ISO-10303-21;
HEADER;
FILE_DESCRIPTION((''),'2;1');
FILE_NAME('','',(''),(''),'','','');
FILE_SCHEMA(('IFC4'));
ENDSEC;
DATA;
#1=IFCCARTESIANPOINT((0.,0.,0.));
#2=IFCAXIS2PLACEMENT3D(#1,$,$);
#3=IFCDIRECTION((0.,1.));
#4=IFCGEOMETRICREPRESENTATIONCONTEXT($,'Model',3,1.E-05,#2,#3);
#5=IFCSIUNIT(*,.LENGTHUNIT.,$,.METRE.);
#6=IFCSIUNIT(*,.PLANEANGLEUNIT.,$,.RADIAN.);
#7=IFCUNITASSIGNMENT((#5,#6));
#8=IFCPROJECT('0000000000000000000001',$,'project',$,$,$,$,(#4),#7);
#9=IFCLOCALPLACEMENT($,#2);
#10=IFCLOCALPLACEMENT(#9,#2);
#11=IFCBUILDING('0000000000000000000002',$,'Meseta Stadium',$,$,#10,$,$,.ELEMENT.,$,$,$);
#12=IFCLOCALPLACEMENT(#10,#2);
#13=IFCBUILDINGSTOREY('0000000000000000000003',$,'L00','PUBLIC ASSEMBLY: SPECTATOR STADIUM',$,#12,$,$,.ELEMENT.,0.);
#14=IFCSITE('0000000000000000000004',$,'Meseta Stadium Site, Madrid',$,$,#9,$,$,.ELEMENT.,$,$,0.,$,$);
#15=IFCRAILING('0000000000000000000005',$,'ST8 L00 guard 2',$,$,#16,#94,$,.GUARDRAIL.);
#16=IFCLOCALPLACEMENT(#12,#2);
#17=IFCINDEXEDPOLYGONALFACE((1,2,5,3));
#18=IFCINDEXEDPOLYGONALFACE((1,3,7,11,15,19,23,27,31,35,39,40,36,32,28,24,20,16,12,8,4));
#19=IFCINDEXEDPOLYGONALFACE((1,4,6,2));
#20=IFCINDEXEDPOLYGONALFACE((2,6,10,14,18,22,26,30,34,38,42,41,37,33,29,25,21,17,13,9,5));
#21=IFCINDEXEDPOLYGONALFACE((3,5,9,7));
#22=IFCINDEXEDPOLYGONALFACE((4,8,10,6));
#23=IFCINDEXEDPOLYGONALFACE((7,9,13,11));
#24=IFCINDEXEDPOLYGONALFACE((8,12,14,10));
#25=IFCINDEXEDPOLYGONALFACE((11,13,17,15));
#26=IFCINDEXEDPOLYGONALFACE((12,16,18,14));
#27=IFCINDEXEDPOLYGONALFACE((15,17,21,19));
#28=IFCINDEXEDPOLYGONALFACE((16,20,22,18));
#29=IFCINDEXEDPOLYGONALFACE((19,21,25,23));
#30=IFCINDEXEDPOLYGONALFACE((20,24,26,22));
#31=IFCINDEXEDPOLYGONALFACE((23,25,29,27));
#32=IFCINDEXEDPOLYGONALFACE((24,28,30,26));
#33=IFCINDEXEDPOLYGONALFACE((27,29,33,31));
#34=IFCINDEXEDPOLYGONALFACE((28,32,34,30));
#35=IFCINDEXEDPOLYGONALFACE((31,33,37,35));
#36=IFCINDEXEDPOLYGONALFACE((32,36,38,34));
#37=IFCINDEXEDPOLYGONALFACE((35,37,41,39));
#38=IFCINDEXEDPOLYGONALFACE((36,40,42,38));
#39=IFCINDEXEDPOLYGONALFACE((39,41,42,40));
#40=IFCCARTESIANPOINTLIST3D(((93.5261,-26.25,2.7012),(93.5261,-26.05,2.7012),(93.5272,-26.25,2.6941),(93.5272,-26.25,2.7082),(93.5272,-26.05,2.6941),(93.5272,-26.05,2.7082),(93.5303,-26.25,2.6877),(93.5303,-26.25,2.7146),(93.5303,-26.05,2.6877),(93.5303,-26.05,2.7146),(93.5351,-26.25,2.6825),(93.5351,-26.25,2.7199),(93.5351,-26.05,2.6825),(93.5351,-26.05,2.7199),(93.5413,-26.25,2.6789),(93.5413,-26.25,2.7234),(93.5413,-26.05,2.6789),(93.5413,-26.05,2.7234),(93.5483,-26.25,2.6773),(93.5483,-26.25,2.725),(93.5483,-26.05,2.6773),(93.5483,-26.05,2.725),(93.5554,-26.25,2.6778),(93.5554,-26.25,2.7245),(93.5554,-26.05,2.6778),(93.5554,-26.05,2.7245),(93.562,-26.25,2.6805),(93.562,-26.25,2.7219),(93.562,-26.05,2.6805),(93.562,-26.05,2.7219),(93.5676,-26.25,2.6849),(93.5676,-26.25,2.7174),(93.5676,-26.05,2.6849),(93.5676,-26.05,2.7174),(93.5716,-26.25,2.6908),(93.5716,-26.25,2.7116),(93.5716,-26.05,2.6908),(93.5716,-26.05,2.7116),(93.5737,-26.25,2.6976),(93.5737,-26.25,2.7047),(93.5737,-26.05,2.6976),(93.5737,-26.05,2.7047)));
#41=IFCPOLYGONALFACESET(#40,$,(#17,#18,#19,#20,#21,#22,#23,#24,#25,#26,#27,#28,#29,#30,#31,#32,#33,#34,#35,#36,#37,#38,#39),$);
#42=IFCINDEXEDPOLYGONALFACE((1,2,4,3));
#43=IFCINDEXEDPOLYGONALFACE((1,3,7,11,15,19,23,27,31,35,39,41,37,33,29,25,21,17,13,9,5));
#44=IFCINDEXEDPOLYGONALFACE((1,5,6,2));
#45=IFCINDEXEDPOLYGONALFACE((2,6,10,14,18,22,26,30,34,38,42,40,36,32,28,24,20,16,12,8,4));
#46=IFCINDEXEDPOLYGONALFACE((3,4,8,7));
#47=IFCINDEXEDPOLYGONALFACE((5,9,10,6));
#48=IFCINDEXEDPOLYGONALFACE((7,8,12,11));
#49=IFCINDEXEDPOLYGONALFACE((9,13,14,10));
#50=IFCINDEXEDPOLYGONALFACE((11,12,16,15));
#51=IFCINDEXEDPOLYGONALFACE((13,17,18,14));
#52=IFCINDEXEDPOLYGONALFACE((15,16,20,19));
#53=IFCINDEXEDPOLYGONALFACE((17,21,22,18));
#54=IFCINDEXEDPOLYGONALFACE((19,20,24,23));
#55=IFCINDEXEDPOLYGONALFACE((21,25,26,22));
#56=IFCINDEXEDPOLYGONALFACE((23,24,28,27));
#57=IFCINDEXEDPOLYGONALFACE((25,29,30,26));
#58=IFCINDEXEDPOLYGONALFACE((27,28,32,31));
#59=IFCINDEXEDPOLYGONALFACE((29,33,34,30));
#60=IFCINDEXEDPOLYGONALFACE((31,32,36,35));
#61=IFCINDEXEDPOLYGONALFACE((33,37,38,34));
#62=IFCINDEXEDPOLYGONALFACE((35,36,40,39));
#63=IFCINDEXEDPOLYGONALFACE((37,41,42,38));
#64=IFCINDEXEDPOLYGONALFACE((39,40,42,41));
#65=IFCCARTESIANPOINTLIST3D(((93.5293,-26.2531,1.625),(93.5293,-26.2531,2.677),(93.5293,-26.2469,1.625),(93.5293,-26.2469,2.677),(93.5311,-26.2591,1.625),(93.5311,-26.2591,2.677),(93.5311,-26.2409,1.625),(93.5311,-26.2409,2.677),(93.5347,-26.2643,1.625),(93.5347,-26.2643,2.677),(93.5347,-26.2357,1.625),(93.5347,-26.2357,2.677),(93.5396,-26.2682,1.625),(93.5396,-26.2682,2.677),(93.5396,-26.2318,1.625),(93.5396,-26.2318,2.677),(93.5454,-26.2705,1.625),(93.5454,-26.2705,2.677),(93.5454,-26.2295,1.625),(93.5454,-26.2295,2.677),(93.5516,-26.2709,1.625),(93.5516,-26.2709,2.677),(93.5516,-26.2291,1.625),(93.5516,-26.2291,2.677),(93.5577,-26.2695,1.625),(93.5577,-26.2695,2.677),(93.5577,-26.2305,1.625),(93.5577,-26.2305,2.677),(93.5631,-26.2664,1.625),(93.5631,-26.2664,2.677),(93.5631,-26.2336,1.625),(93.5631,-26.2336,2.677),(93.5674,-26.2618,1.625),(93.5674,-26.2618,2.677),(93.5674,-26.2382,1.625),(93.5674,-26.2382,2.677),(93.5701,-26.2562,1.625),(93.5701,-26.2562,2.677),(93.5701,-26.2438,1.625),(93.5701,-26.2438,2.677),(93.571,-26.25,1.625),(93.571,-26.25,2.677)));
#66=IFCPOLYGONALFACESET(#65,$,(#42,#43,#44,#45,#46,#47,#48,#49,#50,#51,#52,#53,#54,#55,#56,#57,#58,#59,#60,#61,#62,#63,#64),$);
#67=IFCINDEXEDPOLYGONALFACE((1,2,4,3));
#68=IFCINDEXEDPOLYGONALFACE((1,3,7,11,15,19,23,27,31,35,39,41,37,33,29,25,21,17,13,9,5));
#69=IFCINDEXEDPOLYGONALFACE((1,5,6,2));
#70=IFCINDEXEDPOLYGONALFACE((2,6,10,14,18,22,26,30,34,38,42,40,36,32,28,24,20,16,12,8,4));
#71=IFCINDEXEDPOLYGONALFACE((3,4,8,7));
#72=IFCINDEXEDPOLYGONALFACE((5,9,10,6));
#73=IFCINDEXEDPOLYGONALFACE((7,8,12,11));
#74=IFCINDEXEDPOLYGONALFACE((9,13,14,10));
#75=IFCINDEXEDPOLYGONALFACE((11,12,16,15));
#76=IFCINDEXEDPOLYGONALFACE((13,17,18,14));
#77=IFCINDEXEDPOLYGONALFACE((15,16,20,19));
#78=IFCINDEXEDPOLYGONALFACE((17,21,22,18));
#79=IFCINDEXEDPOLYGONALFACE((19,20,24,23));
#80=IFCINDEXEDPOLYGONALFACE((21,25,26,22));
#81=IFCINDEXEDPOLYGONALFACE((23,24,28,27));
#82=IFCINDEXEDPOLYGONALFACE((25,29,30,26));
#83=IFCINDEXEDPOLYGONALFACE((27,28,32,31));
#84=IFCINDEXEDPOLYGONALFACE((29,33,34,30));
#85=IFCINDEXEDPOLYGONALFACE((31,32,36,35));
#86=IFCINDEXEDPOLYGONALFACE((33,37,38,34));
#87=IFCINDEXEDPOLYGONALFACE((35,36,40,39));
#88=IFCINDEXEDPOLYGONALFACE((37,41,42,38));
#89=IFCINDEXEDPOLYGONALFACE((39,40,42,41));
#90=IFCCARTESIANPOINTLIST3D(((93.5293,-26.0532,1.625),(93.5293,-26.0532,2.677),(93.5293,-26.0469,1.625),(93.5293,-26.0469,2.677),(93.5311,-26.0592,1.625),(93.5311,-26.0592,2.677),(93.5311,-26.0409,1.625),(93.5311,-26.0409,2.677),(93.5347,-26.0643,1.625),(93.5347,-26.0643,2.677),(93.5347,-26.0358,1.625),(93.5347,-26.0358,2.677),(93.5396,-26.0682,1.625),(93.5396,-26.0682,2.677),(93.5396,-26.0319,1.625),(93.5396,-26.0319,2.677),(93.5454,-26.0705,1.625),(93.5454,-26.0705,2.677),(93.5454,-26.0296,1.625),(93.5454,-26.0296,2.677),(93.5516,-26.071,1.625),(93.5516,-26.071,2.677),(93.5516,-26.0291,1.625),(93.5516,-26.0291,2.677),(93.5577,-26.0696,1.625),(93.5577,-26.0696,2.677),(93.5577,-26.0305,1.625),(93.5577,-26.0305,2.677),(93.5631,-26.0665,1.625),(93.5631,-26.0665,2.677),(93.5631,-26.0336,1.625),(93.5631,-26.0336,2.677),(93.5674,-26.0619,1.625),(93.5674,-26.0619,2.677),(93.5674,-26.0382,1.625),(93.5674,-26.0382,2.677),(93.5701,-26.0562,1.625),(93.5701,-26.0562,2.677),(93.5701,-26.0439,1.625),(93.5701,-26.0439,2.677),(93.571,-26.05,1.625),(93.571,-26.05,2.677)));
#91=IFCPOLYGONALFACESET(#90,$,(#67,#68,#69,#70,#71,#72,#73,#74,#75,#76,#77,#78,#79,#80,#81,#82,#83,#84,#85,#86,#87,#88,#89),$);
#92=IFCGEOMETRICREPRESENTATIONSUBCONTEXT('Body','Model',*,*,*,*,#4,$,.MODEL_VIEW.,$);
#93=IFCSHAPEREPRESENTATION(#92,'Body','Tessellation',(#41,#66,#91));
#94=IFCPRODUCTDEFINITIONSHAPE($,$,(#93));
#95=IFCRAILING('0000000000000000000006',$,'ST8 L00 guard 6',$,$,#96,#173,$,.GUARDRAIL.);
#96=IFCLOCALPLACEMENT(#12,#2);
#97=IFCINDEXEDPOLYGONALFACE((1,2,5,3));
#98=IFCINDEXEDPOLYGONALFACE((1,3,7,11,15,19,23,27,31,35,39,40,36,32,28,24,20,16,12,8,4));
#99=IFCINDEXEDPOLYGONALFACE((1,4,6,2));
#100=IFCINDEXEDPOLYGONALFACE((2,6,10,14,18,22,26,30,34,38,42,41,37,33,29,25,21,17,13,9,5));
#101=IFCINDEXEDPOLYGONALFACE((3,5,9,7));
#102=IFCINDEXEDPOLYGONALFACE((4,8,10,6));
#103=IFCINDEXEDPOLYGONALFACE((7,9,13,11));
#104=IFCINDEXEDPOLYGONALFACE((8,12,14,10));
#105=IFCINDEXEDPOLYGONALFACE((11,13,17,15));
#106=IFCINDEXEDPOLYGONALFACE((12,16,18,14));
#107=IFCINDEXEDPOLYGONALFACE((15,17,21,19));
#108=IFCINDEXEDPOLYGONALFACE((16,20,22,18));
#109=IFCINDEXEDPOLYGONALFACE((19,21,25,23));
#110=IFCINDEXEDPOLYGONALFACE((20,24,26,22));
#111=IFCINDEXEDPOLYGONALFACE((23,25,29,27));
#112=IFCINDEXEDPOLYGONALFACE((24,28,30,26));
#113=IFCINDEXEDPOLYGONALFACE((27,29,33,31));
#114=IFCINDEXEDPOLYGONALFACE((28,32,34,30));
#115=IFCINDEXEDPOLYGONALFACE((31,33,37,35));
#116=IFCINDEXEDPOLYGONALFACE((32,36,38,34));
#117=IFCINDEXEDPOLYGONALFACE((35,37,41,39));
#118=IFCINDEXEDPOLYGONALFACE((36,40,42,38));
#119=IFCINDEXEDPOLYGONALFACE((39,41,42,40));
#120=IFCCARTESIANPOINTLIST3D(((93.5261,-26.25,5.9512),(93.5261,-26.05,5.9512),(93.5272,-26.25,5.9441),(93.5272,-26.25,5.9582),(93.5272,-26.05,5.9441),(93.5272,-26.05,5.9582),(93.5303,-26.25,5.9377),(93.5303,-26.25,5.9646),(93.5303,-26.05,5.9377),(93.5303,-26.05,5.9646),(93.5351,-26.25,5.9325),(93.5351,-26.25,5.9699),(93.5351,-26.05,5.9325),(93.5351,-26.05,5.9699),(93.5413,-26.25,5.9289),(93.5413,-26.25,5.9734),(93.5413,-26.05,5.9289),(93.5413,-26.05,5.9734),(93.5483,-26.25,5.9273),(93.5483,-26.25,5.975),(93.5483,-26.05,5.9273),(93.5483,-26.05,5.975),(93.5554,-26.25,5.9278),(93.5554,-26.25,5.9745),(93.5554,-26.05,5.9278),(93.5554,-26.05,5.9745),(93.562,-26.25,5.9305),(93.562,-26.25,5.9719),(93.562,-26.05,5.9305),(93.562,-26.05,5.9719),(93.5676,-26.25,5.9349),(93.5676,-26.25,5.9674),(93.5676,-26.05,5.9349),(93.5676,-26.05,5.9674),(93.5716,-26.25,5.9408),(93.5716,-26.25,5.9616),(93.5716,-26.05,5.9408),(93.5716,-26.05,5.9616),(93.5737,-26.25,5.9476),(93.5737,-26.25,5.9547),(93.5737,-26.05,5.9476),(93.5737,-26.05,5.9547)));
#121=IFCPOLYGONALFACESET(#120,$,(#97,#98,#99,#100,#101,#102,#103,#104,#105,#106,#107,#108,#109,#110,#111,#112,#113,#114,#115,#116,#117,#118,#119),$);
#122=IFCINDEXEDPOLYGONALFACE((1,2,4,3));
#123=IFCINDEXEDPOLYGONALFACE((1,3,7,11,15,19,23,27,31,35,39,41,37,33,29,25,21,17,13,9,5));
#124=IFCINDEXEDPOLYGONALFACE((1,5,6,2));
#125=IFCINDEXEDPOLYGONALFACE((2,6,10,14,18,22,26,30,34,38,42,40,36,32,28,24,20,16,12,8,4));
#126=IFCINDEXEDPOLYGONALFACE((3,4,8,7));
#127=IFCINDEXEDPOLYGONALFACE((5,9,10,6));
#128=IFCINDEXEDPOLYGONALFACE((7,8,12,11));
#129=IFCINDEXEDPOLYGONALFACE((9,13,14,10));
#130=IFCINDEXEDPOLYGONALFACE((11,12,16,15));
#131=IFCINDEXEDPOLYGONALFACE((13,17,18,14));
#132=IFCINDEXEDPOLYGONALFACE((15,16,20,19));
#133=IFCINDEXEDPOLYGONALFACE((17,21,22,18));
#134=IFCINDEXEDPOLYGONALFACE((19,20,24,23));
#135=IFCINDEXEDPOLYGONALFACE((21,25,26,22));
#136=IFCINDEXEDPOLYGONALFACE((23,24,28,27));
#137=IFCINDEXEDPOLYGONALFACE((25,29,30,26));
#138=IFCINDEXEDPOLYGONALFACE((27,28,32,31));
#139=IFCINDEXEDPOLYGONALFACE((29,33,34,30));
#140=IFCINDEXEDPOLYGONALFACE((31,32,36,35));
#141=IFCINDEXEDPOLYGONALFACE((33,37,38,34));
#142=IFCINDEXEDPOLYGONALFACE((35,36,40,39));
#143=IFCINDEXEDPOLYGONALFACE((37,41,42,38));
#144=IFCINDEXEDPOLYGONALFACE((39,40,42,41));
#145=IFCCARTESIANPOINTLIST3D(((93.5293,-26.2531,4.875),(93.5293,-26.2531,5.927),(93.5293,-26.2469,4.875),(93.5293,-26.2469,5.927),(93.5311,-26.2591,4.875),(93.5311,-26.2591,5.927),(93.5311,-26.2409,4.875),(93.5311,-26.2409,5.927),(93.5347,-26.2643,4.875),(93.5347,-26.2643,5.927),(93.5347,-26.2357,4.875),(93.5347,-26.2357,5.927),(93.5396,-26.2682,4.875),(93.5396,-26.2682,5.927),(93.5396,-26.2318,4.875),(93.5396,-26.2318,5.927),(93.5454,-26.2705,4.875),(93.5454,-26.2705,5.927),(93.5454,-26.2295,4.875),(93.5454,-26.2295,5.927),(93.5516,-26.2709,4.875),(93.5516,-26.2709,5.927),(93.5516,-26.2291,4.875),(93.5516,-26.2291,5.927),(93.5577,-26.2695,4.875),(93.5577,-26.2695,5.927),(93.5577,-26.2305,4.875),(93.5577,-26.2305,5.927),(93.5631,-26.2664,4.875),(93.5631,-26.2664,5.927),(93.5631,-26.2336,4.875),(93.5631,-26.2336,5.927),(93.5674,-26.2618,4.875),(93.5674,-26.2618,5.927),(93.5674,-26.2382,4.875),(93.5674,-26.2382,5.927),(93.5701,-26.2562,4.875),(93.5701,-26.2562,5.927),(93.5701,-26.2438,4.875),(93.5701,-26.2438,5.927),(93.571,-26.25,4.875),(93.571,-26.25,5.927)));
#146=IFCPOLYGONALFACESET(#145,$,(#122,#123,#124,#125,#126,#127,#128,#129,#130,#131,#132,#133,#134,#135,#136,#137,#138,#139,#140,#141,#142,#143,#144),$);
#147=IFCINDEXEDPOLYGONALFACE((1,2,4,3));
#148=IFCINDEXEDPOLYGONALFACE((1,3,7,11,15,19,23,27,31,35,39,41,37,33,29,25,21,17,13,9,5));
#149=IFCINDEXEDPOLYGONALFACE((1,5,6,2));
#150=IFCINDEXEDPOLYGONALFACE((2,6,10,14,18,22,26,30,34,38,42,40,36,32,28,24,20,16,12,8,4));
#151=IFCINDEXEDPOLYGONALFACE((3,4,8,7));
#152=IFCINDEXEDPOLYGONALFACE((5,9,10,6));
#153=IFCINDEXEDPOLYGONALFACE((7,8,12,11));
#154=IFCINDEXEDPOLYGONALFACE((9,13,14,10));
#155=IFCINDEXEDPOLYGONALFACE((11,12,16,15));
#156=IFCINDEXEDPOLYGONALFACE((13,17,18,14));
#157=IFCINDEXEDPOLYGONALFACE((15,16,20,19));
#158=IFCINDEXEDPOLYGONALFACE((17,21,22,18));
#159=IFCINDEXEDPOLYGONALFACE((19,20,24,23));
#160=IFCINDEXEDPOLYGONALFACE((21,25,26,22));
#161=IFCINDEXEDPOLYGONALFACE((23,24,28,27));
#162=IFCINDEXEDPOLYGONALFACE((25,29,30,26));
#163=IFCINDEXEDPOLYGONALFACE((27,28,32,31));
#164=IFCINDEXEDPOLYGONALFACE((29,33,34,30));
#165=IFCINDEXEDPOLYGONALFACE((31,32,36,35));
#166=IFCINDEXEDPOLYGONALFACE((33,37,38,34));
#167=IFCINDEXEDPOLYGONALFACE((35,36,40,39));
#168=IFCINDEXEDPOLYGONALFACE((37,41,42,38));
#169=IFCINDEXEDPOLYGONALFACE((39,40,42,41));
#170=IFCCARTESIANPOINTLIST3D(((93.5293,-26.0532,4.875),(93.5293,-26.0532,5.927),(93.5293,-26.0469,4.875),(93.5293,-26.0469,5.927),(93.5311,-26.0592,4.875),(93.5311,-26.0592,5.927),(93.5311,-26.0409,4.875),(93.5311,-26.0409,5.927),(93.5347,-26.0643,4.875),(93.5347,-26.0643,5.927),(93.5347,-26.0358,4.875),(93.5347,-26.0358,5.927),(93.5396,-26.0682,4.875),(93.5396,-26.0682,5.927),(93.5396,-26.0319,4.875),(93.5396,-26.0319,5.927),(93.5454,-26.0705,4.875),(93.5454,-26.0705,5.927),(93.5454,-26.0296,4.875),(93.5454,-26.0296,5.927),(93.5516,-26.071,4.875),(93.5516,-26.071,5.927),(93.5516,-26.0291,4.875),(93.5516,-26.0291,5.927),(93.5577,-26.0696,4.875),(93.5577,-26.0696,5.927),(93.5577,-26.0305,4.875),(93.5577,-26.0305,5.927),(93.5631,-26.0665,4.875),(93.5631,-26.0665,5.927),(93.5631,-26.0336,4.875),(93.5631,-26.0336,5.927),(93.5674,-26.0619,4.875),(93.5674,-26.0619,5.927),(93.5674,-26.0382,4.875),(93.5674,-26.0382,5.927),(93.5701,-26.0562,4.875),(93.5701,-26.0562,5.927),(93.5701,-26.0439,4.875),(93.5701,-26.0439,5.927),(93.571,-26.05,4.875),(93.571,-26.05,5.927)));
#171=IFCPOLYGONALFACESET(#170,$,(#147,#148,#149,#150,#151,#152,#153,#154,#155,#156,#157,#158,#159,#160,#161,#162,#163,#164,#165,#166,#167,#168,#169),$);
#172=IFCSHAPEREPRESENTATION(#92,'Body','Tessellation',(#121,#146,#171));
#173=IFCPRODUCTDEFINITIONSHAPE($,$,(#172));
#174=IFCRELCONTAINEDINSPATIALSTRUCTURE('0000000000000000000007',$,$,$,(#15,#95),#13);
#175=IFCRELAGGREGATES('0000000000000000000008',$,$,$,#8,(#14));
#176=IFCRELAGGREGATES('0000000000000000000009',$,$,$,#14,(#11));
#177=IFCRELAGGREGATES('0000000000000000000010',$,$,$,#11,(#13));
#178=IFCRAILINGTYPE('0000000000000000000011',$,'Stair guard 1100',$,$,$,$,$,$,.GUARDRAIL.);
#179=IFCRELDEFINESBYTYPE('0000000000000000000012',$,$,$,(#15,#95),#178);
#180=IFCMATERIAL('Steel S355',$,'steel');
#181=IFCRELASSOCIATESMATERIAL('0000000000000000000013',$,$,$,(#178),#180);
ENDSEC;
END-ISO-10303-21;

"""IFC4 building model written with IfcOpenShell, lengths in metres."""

from ifc_helpers import new_model, si_unit, direction, frame, origin, origin_2d, place, context, subcontext, project, spatial, circle, extrude, material, type_object, element, save


model = new_model("IFC4")

# Units and contexts
model_context = context("Model", 3, precision=1e-05, world=origin(), true_north=direction((0.0, 1.0)))
body_context = subcontext(model_context, "Body", "Model", "MODEL_VIEW")
ifc_project = project(units=[si_unit("LENGTHUNIT", "METRE"), si_unit("PLANEANGLEUNIT", "RADIAN")], contexts=[model_context])

# Site, building, storey
site_placement = place(None, origin())
site = spatial("IfcSite", under=ifc_project, at=site_placement, Name="Meseta Stadium Site, Madrid", CompositionType="ELEMENT", RefElevation=0.0)
building_placement = place(site_placement, origin())
building = spatial("IfcBuilding", under=site, at=building_placement, Name="Meseta Stadium", CompositionType="ELEMENT")
storey_placement = place(building_placement, origin())
storey = spatial("IfcBuildingStorey", under=building, at=storey_placement, Name="L00", Description="PUBLIC ASSEMBLY: SPECTATOR STADIUM", CompositionType="ELEMENT", Elevation=0.0)

# Railings
ifc_material_1 = material(Name="Steel S355", Category="steel")
railing_type = type_object("IfcRailingType", Name="Stair guard 1100", PredefinedType="GUARDRAIL", material=ifc_material_1)
for number, where, name in (
    (1, (93.55, -26.25, 1.625), "ST8 L00 guard 2"),
    (2, (93.55, -26.25, 4.875), "ST8 L00 guard 6"),
):
    element("IfcRailing", number, at=place(storey_placement, frame(where)), inside=storey, type_object=railing_type, Name=name, PredefinedType="GUARDRAIL", context=body_context, shape_type="SweptSolid", body=[
        extrude(circle(Radius=0.0239, at=origin_2d()), frame((0.0, 0.0, 1.0762), z_axis=(0.0, 1.0, 0.0), x_axis=(-1.0, 0.0, 0.0)), (0.0, 0.0, 1.0), 0.2),
        extrude(circle(Radius=0.021, at=origin_2d()), origin(), (0.0, 0.0, 1.0), 1.052),
        extrude(circle(Radius=0.021, at=origin_2d()), frame((0.0, 0.2, 0.0)), (0.0, 0.0, 1.0), 1.052),
    ])

save(model, "model.ifc")
